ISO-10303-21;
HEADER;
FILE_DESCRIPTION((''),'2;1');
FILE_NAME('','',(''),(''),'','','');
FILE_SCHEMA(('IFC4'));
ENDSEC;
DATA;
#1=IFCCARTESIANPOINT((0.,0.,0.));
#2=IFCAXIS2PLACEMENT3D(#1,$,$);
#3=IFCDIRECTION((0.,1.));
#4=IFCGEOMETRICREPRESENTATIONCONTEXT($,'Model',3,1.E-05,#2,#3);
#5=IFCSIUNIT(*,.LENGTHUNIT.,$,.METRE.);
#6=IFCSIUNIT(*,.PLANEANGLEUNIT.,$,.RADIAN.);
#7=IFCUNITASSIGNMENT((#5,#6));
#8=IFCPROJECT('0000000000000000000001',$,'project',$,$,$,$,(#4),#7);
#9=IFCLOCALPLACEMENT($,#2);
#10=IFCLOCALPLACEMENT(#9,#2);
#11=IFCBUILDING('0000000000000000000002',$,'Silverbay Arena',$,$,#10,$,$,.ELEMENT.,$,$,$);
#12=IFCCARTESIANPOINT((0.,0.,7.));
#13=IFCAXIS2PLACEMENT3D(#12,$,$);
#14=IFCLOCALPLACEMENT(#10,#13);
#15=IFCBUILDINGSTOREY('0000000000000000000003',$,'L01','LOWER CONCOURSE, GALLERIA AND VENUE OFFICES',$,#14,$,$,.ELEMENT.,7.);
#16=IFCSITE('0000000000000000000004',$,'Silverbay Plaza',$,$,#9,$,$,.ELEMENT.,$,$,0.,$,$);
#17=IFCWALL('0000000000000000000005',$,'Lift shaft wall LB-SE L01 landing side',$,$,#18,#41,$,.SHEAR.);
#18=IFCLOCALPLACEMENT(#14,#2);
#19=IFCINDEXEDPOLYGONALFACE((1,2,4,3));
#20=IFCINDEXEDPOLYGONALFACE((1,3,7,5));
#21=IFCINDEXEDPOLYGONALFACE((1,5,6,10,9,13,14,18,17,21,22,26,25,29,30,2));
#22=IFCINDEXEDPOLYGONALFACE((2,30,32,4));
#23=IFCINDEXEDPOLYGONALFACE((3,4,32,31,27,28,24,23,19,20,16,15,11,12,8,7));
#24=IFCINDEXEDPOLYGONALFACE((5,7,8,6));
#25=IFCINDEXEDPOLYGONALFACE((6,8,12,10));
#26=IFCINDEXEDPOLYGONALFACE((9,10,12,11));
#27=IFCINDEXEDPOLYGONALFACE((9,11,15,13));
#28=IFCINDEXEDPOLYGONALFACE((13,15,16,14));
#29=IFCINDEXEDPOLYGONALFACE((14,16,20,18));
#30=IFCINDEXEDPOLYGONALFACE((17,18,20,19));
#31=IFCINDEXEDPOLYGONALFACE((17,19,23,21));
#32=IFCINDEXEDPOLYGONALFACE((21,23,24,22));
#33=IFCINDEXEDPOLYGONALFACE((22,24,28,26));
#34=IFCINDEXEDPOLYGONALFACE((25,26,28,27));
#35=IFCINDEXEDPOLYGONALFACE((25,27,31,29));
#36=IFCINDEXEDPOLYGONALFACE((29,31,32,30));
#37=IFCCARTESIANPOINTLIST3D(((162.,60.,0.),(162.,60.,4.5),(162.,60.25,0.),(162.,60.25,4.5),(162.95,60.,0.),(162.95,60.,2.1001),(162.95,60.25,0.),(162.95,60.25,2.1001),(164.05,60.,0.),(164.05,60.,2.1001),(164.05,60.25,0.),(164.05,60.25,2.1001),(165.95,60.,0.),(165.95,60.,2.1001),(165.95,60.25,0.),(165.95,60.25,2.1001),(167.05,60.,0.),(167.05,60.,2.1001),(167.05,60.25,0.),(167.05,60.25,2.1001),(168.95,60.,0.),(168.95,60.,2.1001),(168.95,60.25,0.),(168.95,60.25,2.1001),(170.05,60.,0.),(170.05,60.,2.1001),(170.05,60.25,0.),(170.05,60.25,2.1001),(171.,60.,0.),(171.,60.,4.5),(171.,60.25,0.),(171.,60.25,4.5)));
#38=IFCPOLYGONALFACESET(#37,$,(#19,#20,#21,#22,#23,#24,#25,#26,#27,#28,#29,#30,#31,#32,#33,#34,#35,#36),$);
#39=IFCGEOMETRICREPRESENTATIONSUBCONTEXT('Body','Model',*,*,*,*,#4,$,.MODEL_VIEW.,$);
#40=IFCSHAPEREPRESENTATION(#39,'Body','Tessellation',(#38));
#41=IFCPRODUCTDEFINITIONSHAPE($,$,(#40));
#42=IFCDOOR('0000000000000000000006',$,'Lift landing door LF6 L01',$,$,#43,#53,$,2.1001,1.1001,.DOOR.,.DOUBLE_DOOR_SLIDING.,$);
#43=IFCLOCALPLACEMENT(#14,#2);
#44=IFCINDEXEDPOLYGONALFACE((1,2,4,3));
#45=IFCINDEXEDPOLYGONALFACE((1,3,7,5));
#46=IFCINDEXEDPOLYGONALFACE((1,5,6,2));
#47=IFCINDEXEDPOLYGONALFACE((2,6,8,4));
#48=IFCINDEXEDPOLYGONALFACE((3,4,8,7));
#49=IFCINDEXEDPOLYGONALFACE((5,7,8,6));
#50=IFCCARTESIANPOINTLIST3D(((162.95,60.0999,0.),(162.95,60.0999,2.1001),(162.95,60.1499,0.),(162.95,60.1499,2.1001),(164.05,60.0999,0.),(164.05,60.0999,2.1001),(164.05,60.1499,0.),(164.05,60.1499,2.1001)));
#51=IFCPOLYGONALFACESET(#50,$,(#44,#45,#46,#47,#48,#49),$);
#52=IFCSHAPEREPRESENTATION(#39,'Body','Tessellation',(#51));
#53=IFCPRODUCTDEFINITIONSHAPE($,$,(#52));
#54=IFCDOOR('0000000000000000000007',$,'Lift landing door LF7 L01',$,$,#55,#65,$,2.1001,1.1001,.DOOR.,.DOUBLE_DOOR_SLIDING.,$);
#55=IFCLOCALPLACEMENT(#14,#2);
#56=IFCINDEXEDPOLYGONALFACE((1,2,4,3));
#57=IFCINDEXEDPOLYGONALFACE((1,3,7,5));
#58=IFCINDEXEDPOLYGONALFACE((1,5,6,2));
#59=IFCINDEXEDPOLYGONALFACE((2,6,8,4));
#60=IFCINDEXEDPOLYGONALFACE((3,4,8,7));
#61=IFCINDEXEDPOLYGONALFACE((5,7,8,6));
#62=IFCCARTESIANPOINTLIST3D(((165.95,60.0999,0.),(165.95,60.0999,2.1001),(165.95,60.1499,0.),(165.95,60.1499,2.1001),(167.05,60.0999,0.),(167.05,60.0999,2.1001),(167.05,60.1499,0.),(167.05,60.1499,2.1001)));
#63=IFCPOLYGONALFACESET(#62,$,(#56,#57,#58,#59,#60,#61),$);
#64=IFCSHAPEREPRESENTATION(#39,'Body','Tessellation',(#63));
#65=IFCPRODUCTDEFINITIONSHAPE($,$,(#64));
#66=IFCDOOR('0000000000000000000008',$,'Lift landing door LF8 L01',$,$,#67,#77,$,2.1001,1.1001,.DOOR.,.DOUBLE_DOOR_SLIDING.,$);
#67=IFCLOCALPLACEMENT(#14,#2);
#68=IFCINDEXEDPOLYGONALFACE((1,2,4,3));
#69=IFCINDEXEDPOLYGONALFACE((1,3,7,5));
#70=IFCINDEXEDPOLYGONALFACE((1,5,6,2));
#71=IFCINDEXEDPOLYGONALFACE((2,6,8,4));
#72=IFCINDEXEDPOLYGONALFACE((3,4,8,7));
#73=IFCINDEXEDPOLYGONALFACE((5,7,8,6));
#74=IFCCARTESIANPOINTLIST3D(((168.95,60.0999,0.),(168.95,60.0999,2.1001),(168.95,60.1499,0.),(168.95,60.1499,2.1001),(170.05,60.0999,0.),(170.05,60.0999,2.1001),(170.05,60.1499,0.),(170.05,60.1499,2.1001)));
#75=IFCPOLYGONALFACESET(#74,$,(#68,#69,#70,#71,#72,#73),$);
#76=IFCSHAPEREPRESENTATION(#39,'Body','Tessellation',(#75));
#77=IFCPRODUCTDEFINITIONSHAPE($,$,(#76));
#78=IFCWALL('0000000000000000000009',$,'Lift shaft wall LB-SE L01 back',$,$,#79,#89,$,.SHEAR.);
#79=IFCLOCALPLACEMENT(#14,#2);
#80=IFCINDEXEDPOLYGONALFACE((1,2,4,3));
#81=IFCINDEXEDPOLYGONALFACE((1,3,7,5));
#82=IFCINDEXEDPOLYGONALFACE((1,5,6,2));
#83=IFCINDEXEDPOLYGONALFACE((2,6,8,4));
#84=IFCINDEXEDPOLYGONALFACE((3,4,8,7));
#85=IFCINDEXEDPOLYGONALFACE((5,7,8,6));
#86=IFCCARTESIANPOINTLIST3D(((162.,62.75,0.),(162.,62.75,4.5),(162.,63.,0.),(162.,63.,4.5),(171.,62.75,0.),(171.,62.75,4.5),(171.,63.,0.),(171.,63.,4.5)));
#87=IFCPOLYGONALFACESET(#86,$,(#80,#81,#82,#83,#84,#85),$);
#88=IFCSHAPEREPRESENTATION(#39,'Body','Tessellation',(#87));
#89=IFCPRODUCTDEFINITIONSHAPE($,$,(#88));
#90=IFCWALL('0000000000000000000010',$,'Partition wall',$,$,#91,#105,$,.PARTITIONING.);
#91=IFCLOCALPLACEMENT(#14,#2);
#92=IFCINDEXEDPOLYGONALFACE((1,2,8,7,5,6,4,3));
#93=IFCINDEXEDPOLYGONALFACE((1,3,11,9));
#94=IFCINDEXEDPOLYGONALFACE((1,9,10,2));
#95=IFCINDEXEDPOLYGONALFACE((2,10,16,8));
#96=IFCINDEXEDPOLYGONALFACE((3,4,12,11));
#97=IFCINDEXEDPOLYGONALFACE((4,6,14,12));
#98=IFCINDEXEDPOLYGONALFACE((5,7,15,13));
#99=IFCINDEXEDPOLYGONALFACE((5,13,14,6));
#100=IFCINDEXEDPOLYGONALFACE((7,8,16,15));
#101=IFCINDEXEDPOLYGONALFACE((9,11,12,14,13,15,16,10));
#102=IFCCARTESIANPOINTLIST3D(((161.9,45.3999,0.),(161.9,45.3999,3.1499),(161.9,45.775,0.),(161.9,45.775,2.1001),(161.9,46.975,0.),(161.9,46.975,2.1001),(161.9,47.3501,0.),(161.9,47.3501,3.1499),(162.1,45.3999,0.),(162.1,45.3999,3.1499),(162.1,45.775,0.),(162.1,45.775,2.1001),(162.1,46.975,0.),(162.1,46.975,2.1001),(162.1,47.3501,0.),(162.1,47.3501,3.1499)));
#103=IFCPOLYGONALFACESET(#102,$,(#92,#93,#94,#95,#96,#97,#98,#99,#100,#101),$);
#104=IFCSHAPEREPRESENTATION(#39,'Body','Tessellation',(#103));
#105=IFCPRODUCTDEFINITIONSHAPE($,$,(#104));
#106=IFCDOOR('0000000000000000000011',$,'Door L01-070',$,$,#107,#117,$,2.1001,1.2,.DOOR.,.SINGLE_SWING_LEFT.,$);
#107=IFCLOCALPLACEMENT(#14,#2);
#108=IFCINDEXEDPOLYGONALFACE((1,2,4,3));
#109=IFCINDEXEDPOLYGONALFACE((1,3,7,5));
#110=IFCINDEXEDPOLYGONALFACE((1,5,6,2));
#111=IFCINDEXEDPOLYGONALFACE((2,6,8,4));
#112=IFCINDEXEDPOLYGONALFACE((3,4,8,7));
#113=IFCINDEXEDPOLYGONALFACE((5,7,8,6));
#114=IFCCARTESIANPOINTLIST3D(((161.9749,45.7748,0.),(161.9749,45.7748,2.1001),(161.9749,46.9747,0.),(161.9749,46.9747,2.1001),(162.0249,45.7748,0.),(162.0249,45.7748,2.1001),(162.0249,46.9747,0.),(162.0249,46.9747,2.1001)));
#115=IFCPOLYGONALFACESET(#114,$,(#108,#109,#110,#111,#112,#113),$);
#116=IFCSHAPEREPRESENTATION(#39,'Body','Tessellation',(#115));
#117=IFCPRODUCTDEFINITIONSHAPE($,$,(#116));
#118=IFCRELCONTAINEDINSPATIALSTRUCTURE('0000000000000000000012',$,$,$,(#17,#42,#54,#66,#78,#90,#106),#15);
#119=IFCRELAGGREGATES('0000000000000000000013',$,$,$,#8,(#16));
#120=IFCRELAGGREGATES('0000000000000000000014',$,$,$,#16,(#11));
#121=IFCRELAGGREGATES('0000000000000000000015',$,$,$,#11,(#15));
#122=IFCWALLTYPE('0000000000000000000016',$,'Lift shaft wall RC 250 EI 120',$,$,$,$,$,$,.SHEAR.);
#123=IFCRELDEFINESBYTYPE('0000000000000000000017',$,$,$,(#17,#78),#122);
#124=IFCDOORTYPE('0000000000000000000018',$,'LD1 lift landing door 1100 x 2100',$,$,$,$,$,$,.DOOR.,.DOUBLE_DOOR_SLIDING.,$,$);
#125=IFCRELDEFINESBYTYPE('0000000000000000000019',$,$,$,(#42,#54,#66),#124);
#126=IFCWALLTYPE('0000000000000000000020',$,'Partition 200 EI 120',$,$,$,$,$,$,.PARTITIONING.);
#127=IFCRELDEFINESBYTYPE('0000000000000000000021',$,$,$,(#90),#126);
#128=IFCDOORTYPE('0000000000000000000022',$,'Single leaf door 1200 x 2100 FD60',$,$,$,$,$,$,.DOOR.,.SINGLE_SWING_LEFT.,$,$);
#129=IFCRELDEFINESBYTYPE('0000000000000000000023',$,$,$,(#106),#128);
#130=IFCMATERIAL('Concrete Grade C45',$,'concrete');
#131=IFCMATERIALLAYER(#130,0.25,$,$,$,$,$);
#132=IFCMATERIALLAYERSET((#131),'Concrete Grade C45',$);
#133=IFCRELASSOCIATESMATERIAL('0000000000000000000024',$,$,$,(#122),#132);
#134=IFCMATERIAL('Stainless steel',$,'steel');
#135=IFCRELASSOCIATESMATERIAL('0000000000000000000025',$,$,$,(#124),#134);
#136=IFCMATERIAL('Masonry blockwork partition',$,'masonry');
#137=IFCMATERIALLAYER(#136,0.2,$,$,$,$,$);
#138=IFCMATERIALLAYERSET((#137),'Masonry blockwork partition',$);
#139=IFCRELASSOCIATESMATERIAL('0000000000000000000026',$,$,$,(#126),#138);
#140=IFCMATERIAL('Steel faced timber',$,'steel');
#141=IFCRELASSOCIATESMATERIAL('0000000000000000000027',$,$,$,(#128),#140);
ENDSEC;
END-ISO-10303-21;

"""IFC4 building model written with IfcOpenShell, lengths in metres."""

from ifc_helpers import new_model, si_unit, direction, frame, frame_2d, origin, place, context, subcontext, project, spatial, rectangle, extrude, material, layer, layer_set, type_object, element, fill, save


model = new_model("IFC4")

# Units and contexts
model_context = context("Model", 3, precision=1e-05, world=origin(), true_north=direction((0.0, 1.0)))
body_context = subcontext(model_context, "Body", "Model", "MODEL_VIEW")
ifc_project = project(units=[si_unit("LENGTHUNIT", "METRE"), si_unit("PLANEANGLEUNIT", "RADIAN")], contexts=[model_context])

# Site, building, storey
site_placement = place(None, origin())
site = spatial("IfcSite", under=ifc_project, at=site_placement, Name="Silverbay Plaza", CompositionType="ELEMENT", RefElevation=0.0)
building_placement = place(site_placement, origin())
building = spatial("IfcBuilding", under=site, at=building_placement, Name="Silverbay Arena", CompositionType="ELEMENT")
storey_placement = place(building_placement, frame((0.0, 0.0, 7.0)))
storey = spatial("IfcBuildingStorey", under=building, at=storey_placement, Name="L01", Description="LOWER CONCOURSE, GALLERIA AND VENUE OFFICES", CompositionType="ELEMENT", Elevation=7.0)

# Wall, openings, doors
ifc_material_1 = material(Name="Concrete Grade C45", Category="concrete")
ifc_layer_1 = layer(ifc_material_1, 0.25)
ifc_layer_set_1 = layer_set([ifc_layer_1], Name="Concrete Grade C45")
wall_type_1 = type_object("IfcWallType", Name="Lift shaft wall RC 250 EI 120", PredefinedType="SHEAR", material=ifc_layer_set_1)
wall_1_placement = place(storey_placement, frame((162.0, 60.125, 0.0), z_axis=(0.0, 0.0, 1.0), x_axis=(1.0, 0.0, 0.0)))
wall_1 = element("IfcWall", 1, at=wall_1_placement, inside=storey, type_object=wall_type_1, Name="Lift shaft wall LB-SE L01 landing side", PredefinedType="SHEAR", context=body_context, shape_type="SweptSolid", body=[
    extrude(rectangle(XDim=9.0, YDim=0.25, at=frame_2d((4.5, 0.0))), origin(), (0.0, 0.0, 1.0), 4.5),
])
opening_1_placement = place(wall_1_placement, frame((0.95, 0.0, 0.0)))
opening_1 = element("IfcOpeningElement", 2, at=opening_1_placement, cuts=wall_1, PredefinedType="OPENING", context=body_context, shape_type="SweptSolid", body=[
    extrude(rectangle(XDim=1.1001, YDim=2.1001, at=frame_2d((0.55, 1.05))), frame((0.0, 0.135, 0.0), z_axis=(0.0, -1.0, 0.0), x_axis=(1.0, 0.0, 0.0)), (0.0, 0.0, 1.0), 0.27),
])
opening_2_placement = place(wall_1_placement, frame((3.95, 0.0, 0.0)))
opening_2 = element("IfcOpeningElement", 3, at=opening_2_placement, cuts=wall_1, PredefinedType="OPENING", context=body_context, shape_type="SweptSolid", body=[
    extrude(rectangle(XDim=1.1001, YDim=2.1001, at=frame_2d((0.55, 1.05))), frame((0.0, 0.135, 0.0), z_axis=(0.0, -1.0, 0.0), x_axis=(1.0, 0.0, 0.0)), (0.0, 0.0, 1.0), 0.27),
])
opening_3_placement = place(wall_1_placement, frame((6.95, 0.0, 0.0)))
opening_3 = element("IfcOpeningElement", 4, at=opening_3_placement, cuts=wall_1, PredefinedType="OPENING", context=body_context, shape_type="SweptSolid", body=[
    extrude(rectangle(XDim=1.1001, YDim=2.1001, at=frame_2d((0.55, 1.05))), frame((0.0, 0.135, 0.0), z_axis=(0.0, -1.0, 0.0), x_axis=(1.0, 0.0, 0.0)), (0.0, 0.0, 1.0), 0.27),
])
ifc_material_2 = material(Name="Stainless steel", Category="steel")
door_type_1 = type_object("IfcDoorType", Name="LD1 lift landing door 1100 x 2100", OperationType="DOUBLE_DOOR_SLIDING", PredefinedType="DOOR", material=ifc_material_2)
door_1_placement = place(opening_1_placement, origin())
door_1 = element("IfcDoor", 5, at=door_1_placement, inside=storey, type_object=door_type_1, Name="Lift landing door LF6 L01", OperationType="DOUBLE_DOOR_SLIDING", OverallHeight=2.1001, OverallWidth=1.1001, PredefinedType="DOOR", context=body_context, shape_type="SweptSolid", body=[
    extrude(rectangle(XDim=1.1001, YDim=2.1001, at=frame_2d((0.55, 1.05))), frame((0.0, 0.0249, 0.0), z_axis=(0.0, -1.0, 0.0), x_axis=(1.0, 0.0, 0.0)), (0.0, 0.0, 1.0), 0.05),
])
fill(opening_1, door_1)
door_2_placement = place(opening_2_placement, origin())
door_2 = element("IfcDoor", 6, at=door_2_placement, inside=storey, type_object=door_type_1, Name="Lift landing door LF7 L01", OperationType="DOUBLE_DOOR_SLIDING", OverallHeight=2.1001, OverallWidth=1.1001, PredefinedType="DOOR", context=body_context, shape_type="SweptSolid", body=[
    extrude(rectangle(XDim=1.1001, YDim=2.1001, at=frame_2d((0.55, 1.05))), frame((0.0, 0.0249, 0.0), z_axis=(0.0, -1.0, 0.0), x_axis=(1.0, 0.0, 0.0)), (0.0, 0.0, 1.0), 0.05),
])
fill(opening_2, door_2)
door_3_placement = place(opening_3_placement, origin())
door_3 = element("IfcDoor", 7, at=door_3_placement, inside=storey, type_object=door_type_1, Name="Lift landing door LF8 L01", OperationType="DOUBLE_DOOR_SLIDING", OverallHeight=2.1001, OverallWidth=1.1001, PredefinedType="DOOR", context=body_context, shape_type="SweptSolid", body=[
    extrude(rectangle(XDim=1.1001, YDim=2.1001, at=frame_2d((0.55, 1.05))), frame((0.0, 0.0249, 0.0), z_axis=(0.0, -1.0, 0.0), x_axis=(1.0, 0.0, 0.0)), (0.0, 0.0, 1.0), 0.05),
])
fill(opening_3, door_3)

# Wall
wall_2_placement = place(storey_placement, frame((162.0, 62.875, 0.0), z_axis=(0.0, 0.0, 1.0), x_axis=(1.0, 0.0, 0.0)))
element("IfcWall", 8, at=wall_2_placement, inside=storey, type_object=wall_type_1, Name="Lift shaft wall LB-SE L01 back", PredefinedType="SHEAR", context=body_context, shape_type="SweptSolid", body=[
    extrude(rectangle(XDim=9.0, YDim=0.25, at=frame_2d((4.5, 0.0))), origin(), (0.0, 0.0, 1.0), 4.5),
])

# Wall, opening, door
ifc_material_3 = material(Name="Masonry blockwork partition", Category="masonry")
ifc_layer_2 = layer(ifc_material_3, 0.2)
ifc_layer_set_2 = layer_set([ifc_layer_2], Name="Masonry blockwork partition")
wall_type_2 = type_object("IfcWallType", Name="Partition 200 EI 120", PredefinedType="PARTITIONING", material=ifc_layer_set_2)
wall_3_placement = place(storey_placement, frame((162.0, 45.3999, 0.0), z_axis=(0.0, 0.0, 1.0), x_axis=(0.0, 1.0, 0.0)))
wall_3 = element("IfcWall", 9, at=wall_3_placement, inside=storey, type_object=wall_type_2, Name="Partition wall", PredefinedType="PARTITIONING", context=body_context, shape_type="SweptSolid", body=[
    extrude(rectangle(XDim=1.9502, YDim=0.2, at=frame_2d((0.9751, 0.0))), origin(), (0.0, 0.0, 1.0), 3.1499),
])
opening_4_placement = place(wall_3_placement, frame((0.375, 0.0, 0.0)))
opening_4 = element("IfcOpeningElement", 10, at=opening_4_placement, cuts=wall_3, PredefinedType="OPENING", context=body_context, shape_type="SweptSolid", body=[
    extrude(rectangle(XDim=1.2, YDim=2.1001, at=frame_2d((0.6001, 1.05))), frame((0.0, 0.1099, 0.0), z_axis=(0.0, -1.0, 0.0), x_axis=(1.0, 0.0, 0.0)), (0.0, 0.0, 1.0), 0.22),
])
ifc_material_4 = material(Name="Steel faced timber", Category="steel")
door_type_2 = type_object("IfcDoorType", Name="Single leaf door 1200 x 2100 FD60", OperationType="SINGLE_SWING_LEFT", PredefinedType="DOOR", material=ifc_material_4)
door_4_placement = place(opening_4_placement, frame((1.2, 0.0, 0.0), z_axis=(0.0, 0.0, 1.0), x_axis=(-1.0, 0.0, 0.0)))
door_4 = element("IfcDoor", 11, at=door_4_placement, inside=storey, type_object=door_type_2, Name="Door L01-070", OperationType="SINGLE_SWING_LEFT", OverallHeight=2.1001, OverallWidth=1.2, PredefinedType="DOOR", context=body_context, shape_type="SweptSolid", body=[
    extrude(rectangle(XDim=1.2, YDim=2.1001, at=frame_2d((0.6001, 1.05))), frame((0.0, 0.0249, 0.0), z_axis=(0.0, -1.0, 0.0), x_axis=(1.0, 0.0, 0.0)), (0.0, 0.0, 1.0), 0.05),
])
fill(opening_4, door_4)

save(model, "model.ifc")
